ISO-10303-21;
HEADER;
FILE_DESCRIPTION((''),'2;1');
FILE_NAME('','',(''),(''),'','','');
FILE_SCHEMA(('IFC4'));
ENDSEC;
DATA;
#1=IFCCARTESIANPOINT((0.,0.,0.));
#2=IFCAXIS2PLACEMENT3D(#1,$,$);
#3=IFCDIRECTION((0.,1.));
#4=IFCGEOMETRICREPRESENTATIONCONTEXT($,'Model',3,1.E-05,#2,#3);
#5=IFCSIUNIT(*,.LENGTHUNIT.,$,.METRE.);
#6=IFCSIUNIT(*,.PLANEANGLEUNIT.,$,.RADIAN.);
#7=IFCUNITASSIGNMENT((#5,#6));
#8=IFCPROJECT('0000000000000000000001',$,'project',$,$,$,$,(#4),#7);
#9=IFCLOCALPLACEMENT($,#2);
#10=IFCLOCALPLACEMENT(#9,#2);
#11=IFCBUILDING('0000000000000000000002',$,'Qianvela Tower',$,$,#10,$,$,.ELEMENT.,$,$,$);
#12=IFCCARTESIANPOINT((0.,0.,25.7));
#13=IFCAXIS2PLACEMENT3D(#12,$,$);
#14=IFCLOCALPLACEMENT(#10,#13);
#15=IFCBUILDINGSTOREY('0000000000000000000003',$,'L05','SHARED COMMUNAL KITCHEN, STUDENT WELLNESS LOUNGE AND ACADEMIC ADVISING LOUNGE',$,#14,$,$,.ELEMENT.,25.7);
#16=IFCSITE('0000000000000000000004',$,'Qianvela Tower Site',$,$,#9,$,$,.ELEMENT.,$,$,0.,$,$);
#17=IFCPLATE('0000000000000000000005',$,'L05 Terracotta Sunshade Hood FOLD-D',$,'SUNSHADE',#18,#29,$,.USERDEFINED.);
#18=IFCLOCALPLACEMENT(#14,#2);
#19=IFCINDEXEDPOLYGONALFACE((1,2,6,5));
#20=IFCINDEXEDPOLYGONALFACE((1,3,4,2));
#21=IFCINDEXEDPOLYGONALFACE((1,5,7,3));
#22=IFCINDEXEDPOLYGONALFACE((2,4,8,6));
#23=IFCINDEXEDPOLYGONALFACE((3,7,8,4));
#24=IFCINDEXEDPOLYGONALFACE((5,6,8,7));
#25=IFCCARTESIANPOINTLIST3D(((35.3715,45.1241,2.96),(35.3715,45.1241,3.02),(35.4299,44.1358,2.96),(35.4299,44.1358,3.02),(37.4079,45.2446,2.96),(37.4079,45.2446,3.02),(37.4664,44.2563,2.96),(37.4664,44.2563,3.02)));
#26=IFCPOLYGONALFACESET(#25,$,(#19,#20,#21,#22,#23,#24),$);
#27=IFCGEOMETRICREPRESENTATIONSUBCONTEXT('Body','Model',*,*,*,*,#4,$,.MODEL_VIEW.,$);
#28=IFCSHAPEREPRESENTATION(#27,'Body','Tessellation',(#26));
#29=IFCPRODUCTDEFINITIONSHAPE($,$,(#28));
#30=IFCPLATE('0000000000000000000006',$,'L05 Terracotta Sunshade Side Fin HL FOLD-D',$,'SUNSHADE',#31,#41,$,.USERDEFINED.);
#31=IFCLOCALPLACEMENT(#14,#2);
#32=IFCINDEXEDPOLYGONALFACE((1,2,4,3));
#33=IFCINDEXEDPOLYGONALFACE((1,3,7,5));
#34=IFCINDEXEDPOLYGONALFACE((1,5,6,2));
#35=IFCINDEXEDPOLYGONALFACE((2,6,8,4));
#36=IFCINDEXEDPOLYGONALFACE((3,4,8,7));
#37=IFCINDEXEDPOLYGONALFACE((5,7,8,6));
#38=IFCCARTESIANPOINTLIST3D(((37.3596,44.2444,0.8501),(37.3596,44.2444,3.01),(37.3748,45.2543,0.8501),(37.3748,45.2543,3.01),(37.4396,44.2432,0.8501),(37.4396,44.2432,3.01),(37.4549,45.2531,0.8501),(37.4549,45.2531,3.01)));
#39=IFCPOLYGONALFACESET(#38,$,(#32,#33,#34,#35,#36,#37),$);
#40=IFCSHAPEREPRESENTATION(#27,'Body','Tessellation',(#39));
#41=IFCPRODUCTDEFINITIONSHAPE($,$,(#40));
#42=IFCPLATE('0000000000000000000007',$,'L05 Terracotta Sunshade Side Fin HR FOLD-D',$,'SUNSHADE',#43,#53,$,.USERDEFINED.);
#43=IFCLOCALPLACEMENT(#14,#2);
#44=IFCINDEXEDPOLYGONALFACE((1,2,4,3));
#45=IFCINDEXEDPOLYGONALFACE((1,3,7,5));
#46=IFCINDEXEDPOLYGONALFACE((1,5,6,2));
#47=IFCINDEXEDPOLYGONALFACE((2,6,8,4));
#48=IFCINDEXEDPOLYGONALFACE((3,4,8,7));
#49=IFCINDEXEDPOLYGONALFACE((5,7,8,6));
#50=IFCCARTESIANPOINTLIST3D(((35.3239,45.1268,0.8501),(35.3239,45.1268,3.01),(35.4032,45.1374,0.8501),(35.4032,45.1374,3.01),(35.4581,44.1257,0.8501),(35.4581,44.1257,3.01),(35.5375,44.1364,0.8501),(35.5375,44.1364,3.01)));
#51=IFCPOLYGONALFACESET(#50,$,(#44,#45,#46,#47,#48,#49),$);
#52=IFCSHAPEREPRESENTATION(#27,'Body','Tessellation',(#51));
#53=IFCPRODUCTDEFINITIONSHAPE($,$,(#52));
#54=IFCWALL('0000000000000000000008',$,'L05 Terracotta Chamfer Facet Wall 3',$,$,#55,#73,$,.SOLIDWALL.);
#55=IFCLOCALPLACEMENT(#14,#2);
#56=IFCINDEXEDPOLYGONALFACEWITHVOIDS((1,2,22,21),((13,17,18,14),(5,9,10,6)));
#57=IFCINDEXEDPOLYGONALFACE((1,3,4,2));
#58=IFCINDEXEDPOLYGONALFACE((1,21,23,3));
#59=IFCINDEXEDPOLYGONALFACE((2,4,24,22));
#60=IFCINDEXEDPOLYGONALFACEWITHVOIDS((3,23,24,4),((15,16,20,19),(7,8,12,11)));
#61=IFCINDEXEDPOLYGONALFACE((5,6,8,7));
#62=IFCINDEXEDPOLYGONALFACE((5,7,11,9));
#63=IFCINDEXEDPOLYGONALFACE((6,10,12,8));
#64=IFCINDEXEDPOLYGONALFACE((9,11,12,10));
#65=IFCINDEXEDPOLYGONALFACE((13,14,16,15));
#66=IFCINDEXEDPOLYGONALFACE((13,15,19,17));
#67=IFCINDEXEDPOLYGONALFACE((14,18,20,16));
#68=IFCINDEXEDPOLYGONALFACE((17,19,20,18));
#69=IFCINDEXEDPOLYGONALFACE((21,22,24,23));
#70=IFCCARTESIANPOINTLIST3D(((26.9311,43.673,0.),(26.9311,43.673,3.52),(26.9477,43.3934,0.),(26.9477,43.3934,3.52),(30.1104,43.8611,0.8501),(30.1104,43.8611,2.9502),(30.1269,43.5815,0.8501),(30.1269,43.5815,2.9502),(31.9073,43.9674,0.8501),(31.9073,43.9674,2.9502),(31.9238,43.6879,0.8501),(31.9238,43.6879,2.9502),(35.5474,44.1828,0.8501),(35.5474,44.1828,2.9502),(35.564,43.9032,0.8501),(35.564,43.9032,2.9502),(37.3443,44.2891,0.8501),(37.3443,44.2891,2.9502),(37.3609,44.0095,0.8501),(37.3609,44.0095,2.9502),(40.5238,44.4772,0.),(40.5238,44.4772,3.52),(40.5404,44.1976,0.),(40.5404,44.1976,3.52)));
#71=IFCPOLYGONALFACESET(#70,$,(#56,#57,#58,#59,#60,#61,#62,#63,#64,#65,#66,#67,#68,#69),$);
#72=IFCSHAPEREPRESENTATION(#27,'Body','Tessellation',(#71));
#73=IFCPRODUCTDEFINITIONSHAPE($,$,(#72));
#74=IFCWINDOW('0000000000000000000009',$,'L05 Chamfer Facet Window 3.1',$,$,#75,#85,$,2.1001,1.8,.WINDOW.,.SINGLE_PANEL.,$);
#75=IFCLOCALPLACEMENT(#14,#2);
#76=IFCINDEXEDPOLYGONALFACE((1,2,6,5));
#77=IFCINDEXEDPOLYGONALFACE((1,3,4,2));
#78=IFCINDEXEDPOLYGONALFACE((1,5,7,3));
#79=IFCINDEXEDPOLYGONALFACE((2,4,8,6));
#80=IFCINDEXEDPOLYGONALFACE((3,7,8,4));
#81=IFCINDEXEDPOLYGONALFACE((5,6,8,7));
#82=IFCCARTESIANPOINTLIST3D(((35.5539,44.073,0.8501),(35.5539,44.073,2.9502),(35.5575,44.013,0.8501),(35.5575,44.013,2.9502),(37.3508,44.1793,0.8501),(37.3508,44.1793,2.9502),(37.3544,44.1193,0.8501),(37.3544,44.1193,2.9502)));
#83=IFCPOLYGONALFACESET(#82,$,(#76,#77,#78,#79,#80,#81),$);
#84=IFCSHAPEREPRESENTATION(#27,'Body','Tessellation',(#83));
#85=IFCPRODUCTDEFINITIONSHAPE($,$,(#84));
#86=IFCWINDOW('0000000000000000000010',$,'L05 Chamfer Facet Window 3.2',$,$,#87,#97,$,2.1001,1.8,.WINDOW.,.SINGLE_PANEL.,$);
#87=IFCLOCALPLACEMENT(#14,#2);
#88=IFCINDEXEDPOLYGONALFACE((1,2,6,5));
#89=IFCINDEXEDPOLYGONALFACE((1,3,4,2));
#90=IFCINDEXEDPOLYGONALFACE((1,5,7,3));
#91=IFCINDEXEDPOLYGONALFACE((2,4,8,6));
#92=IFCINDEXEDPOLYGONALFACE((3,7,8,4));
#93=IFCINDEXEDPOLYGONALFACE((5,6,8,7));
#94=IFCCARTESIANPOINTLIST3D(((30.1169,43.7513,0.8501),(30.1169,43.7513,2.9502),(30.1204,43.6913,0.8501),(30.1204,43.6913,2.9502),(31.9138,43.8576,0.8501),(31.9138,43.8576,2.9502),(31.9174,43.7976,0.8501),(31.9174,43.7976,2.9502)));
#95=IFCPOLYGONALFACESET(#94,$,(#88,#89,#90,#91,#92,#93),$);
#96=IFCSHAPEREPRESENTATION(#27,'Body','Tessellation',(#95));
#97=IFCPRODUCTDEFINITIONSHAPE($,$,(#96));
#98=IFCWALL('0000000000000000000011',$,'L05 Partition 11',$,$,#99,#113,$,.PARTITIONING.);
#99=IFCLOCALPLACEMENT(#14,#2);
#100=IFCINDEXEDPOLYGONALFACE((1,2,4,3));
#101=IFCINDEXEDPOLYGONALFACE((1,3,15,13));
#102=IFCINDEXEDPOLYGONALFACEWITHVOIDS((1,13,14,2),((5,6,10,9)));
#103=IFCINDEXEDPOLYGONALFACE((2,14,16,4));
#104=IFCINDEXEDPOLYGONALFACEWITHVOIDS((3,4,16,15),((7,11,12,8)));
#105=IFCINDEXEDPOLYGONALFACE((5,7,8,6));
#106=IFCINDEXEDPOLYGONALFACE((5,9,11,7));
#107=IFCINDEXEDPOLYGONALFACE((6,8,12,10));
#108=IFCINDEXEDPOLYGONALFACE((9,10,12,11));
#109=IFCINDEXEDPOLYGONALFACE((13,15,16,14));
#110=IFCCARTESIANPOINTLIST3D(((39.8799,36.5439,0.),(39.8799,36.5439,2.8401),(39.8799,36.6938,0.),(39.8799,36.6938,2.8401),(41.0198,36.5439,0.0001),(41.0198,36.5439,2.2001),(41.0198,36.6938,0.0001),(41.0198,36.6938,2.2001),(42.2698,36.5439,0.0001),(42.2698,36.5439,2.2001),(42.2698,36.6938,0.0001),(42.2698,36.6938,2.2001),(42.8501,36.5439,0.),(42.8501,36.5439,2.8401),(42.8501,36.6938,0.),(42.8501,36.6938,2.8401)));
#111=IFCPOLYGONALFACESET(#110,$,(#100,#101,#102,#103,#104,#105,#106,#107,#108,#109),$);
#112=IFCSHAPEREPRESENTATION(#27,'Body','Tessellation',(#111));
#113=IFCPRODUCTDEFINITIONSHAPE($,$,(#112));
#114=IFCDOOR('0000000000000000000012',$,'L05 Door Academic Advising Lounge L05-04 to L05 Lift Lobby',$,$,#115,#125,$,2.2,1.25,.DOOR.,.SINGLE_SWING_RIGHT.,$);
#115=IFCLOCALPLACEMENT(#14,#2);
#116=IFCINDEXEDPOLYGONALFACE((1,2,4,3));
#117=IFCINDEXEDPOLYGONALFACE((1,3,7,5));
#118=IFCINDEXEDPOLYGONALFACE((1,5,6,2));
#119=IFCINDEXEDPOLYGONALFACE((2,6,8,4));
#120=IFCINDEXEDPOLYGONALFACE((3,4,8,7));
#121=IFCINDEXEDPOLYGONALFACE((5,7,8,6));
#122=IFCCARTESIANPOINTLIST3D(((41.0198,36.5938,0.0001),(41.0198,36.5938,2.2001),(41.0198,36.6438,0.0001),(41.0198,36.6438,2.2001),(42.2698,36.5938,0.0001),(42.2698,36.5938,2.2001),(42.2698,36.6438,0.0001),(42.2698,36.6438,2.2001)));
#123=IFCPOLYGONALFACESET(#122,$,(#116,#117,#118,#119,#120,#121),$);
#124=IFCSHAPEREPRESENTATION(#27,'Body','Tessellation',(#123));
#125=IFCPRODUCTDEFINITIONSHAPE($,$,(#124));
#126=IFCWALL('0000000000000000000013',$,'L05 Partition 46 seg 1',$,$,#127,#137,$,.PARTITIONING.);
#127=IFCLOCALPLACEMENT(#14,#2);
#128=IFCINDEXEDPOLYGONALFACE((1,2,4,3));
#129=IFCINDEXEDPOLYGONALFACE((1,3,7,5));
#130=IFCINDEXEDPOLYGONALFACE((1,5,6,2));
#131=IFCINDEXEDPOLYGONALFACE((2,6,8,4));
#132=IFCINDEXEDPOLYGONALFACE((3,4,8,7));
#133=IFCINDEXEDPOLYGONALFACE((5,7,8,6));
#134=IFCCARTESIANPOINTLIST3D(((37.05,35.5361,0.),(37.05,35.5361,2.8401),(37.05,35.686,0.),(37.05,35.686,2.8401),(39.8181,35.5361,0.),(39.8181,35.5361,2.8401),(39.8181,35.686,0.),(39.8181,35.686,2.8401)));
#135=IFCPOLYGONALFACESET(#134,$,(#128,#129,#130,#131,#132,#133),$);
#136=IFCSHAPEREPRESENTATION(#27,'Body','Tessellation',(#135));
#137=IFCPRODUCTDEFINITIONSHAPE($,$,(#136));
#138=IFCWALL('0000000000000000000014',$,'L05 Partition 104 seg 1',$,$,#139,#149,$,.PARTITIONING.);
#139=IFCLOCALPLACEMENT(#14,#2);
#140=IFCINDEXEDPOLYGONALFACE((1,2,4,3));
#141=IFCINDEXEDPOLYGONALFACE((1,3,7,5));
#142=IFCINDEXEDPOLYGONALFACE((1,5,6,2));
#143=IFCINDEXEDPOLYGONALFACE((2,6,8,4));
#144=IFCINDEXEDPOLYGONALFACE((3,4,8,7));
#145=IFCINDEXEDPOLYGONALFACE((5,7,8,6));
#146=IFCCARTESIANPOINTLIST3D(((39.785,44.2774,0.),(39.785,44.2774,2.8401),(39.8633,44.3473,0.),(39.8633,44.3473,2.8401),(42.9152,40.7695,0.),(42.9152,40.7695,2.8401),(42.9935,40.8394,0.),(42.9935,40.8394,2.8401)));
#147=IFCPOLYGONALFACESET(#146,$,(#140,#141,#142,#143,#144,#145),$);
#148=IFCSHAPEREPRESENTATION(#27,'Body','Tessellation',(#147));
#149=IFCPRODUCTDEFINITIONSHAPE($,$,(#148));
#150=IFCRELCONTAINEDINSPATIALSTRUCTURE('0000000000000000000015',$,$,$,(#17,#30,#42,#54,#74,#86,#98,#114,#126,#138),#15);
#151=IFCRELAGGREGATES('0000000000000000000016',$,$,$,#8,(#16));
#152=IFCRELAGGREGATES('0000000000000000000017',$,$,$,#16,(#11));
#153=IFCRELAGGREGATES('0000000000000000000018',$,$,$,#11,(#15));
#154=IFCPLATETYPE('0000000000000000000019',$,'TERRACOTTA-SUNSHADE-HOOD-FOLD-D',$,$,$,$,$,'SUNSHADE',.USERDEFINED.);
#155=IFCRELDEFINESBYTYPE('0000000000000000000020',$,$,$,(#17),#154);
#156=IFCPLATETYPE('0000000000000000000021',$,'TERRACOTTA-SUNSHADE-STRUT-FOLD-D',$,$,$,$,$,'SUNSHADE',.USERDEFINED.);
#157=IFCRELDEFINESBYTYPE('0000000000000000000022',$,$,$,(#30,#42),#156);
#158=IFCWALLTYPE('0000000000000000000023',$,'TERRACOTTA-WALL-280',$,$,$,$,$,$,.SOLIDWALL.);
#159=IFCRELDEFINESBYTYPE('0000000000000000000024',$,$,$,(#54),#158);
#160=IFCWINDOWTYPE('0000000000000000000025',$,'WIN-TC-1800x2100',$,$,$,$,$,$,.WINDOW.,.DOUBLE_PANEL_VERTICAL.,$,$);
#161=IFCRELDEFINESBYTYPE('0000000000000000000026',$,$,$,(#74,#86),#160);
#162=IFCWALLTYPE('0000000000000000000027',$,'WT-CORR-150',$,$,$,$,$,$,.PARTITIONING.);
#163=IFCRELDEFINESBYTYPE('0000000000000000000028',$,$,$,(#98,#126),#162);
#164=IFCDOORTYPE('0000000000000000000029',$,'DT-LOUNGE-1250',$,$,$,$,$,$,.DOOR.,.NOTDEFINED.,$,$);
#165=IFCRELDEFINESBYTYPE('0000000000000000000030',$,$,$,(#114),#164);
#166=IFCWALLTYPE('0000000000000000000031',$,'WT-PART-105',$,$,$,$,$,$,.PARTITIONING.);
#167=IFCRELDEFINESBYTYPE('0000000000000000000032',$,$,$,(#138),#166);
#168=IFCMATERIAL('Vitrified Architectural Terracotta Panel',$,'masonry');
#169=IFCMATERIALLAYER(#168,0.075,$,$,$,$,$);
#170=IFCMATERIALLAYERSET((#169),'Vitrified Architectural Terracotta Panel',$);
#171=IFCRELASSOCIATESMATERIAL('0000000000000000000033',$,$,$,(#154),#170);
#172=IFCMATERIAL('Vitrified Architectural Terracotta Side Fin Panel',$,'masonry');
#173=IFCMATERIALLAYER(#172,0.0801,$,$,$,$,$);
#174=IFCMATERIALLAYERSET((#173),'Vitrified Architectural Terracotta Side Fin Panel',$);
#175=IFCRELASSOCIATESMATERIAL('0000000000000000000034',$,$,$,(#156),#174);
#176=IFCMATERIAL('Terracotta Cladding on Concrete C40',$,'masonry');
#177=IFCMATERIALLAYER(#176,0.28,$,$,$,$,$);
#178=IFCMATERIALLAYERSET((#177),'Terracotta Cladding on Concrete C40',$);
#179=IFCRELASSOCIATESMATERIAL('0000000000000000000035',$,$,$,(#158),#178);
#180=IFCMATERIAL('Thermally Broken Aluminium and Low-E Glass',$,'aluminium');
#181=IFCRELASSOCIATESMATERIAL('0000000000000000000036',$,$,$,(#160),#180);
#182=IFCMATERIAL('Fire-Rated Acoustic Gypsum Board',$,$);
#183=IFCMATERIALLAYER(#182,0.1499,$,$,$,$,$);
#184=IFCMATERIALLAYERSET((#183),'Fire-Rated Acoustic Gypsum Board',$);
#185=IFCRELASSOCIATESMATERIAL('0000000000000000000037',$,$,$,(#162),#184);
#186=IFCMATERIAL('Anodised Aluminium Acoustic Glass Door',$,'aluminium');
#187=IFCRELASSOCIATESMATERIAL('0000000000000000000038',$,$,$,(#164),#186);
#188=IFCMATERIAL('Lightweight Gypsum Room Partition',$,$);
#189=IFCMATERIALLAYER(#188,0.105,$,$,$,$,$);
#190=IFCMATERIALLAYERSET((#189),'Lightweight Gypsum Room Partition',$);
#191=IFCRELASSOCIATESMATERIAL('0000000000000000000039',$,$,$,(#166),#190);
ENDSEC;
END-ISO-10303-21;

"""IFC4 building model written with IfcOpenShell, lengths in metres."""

from ifc_helpers import new_model, si_unit, direction, frame, frame_2d, origin, origin_2d, place, context, subcontext, project, spatial, rectangle, extrude, material, layer, layer_set, type_object, element, fill, save


model = new_model("IFC4")

# Units and contexts
model_context = context("Model", 3, precision=1e-05, world=origin(), true_north=direction((0.0, 1.0)))
body_context = subcontext(model_context, "Body", "Model", "MODEL_VIEW")
ifc_project = project(units=[si_unit("LENGTHUNIT", "METRE"), si_unit("PLANEANGLEUNIT", "RADIAN")], contexts=[model_context])

# Site, building, storey
site_placement = place(None, origin())
site = spatial("IfcSite", under=ifc_project, at=site_placement, Name="Qianvela Tower Site", CompositionType="ELEMENT", RefElevation=0.0)
building_placement = place(site_placement, origin())
building = spatial("IfcBuilding", under=site, at=building_placement, Name="Qianvela Tower", CompositionType="ELEMENT")
storey_placement = place(building_placement, frame((0.0, 0.0, 25.7)))
storey = spatial("IfcBuildingStorey", under=building, at=storey_placement, Name="L05", Description="SHARED COMMUNAL KITCHEN, STUDENT WELLNESS LOUNGE AND ACADEMIC ADVISING LOUNGE", CompositionType="ELEMENT", Elevation=25.7)

# Plates
ifc_material_1 = material(Name="Vitrified Architectural Terracotta Panel", Category="masonry")
ifc_layer_1 = layer(ifc_material_1, 0.075)
ifc_layer_set_1 = layer_set([ifc_layer_1], Name="Vitrified Architectural Terracotta Panel")
plate_type_1 = type_object("IfcPlateType", Name="TERRACOTTA-SUNSHADE-HOOD-FOLD-D", ElementType="SUNSHADE", PredefinedType="USERDEFINED", material=ifc_layer_set_1)
plate_1_placement = place(storey_placement, frame((36.4189, 44.6902, 2.96), z_axis=(0.0, 0.0, 1.0), x_axis=(-0.998254, -0.059061, 0.0)))
element("IfcPlate", 1, at=plate_1_placement, inside=storey, type_object=plate_type_1, Name="L05 Terracotta Sunshade Hood FOLD-D", ObjectType="SUNSHADE", PredefinedType="USERDEFINED", context=body_context, shape_type="SweptSolid", body=[
    extrude(rectangle(XDim=2.04, YDim=0.99, at=origin_2d()), origin(), (0.0, 0.0, 1.0), 0.0601),
])
ifc_material_2 = material(Name="Vitrified Architectural Terracotta Side Fin Panel", Category="masonry")
ifc_layer_2 = layer(ifc_material_2, 0.0801)
ifc_layer_set_2 = layer_set([ifc_layer_2], Name="Vitrified Architectural Terracotta Side Fin Panel")
plate_type_2 = type_object("IfcPlateType", Name="TERRACOTTA-SUNSHADE-STRUT-FOLD-D", ElementType="SUNSHADE", PredefinedType="USERDEFINED", material=ifc_layer_set_2)
for number, where, z_axis, x_axis, name in (
    (2, (37.4072, 44.7488, 0.8501), (0.0, 0.0, 1.0), (-0.999886, 0.015081, 0.0), "L05 Terracotta Sunshade Side Fin HL FOLD-D"),
    (3, (35.4307, 44.6316, 0.8501), (0.0, 0.0, 1.0), (-0.991132, -0.132877, 0.0), "L05 Terracotta Sunshade Side Fin HR FOLD-D"),
):
    element("IfcPlate", number, at=place(storey_placement, frame(where, z_axis=z_axis, x_axis=x_axis)), inside=storey, type_object=plate_type_2, Name=name, ObjectType="SUNSHADE", PredefinedType="USERDEFINED", context=body_context, shape_type="SweptSolid", body=[
        extrude(rectangle(XDim=0.0801, YDim=1.01, at=origin_2d()), origin(), (0.0, 0.0, 1.0), 2.1599),
    ])

# Wall, openings, windows
ifc_material_3 = material(Name="Terracotta Cladding on Concrete C40", Category="masonry")
ifc_layer_3 = layer(ifc_material_3, 0.28)
ifc_layer_set_3 = layer_set([ifc_layer_3], Name="Terracotta Cladding on Concrete C40")
wall_type_1 = type_object("IfcWallType", Name="TERRACOTTA-WALL-280", PredefinedType="SOLIDWALL", material=ifc_layer_set_3)
wall_1_placement = place(storey_placement, frame((40.532, 44.3374, 0.0), z_axis=(0.0, 0.0, 1.0), x_axis=(-0.998254, -0.05906, 0.0)))
wall_1 = element("IfcWall", 4, at=wall_1_placement, inside=storey, type_object=wall_type_1, Name="L05 Terracotta Chamfer Facet Wall 3", PredefinedType="SOLIDWALL", context=body_context, shape_type="SweptSolid", body=[
    extrude(rectangle(XDim=13.6165, YDim=0.28, at=frame_2d((6.8081, 0.0))), origin(), (0.0, 0.0, 1.0), 3.52),
])
opening_1_placement = place(wall_1_placement, frame((3.1851, 0.0, 0.8501)))
opening_1 = element("IfcOpeningElement", 5, at=opening_1_placement, cuts=wall_1, PredefinedType="OPENING", context=body_context, shape_type="SweptSolid", body=[
    extrude(rectangle(XDim=1.8, YDim=2.1001, at=frame_2d((0.8999, 1.05))), frame((0.0, 0.1499, 0.0), z_axis=(0.0, -1.0, 0.0), x_axis=(1.0, 0.0, 0.0)), (0.0, 0.0, 1.0), 0.3),
])
opening_2_placement = place(wall_1_placement, frame((8.6316, 0.0, 0.8501)))
opening_2 = element("IfcOpeningElement", 6, at=opening_2_placement, cuts=wall_1, PredefinedType="OPENING", context=body_context, shape_type="SweptSolid", body=[
    extrude(rectangle(XDim=1.8, YDim=2.1001, at=frame_2d((0.8999, 1.05))), frame((0.0, 0.1499, 0.0), z_axis=(0.0, -1.0, 0.0), x_axis=(1.0, 0.0, 0.0)), (0.0, 0.0, 1.0), 0.3),
])
ifc_material_4 = material(Name="Thermally Broken Aluminium and Low-E Glass", Category="aluminium")
window_type = type_object("IfcWindowType", Name="WIN-TC-1800x2100", PartitioningType="DOUBLE_PANEL_VERTICAL", PredefinedType="WINDOW", material=ifc_material_4)
window_1_placement = place(opening_1_placement, origin())
window_1 = element("IfcWindow", 7, at=window_1_placement, inside=storey, type_object=window_type, Name="L05 Chamfer Facet Window 3.1", OverallHeight=2.1001, OverallWidth=1.8, PartitioningType="SINGLE_PANEL", PredefinedType="WINDOW", context=body_context, shape_type="SweptSolid", body=[
    extrude(rectangle(XDim=1.8, YDim=2.1001, at=frame_2d((0.8999, 1.05))), frame((0.0, 0.03, 0.0), z_axis=(0.0, -1.0, 0.0), x_axis=(1.0, 0.0, 0.0)), (0.0, 0.0, 1.0), 0.0601),
])
fill(opening_1, window_1)
window_2_placement = place(opening_2_placement, origin())
window_2 = element("IfcWindow", 8, at=window_2_placement, inside=storey, type_object=window_type, Name="L05 Chamfer Facet Window 3.2", OverallHeight=2.1001, OverallWidth=1.8, PartitioningType="SINGLE_PANEL", PredefinedType="WINDOW", context=body_context, shape_type="SweptSolid", body=[
    extrude(rectangle(XDim=1.8, YDim=2.1001, at=frame_2d((0.8999, 1.05))), frame((0.0, 0.03, 0.0), z_axis=(0.0, -1.0, 0.0), x_axis=(1.0, 0.0, 0.0)), (0.0, 0.0, 1.0), 0.0601),
])
fill(opening_2, window_2)

# Wall, opening, door
ifc_material_5 = material(Name="Fire-Rated Acoustic Gypsum Board")
ifc_layer_4 = layer(ifc_material_5, 0.1499)
ifc_layer_set_4 = layer_set([ifc_layer_4], Name="Fire-Rated Acoustic Gypsum Board")
wall_type_2 = type_object("IfcWallType", Name="WT-CORR-150", PredefinedType="PARTITIONING", material=ifc_layer_set_4)
wall_2_placement = place(storey_placement, frame((39.8799, 36.6189, 0.0), z_axis=(0.0, 0.0, 1.0), x_axis=(1.0, 0.0, 0.0)))
wall_2 = element("IfcWall", 9, at=wall_2_placement, inside=storey, type_object=wall_type_2, Name="L05 Partition 11", PredefinedType="PARTITIONING", context=body_context, shape_type="SweptSolid", body=[
    extrude(rectangle(XDim=2.9702, YDim=0.1499, at=frame_2d((1.4851, 0.0))), origin(), (0.0, 0.0, 1.0), 2.8401),
])
opening_3_placement = place(wall_2_placement, frame((1.1399, 0.0, 0.0)))
opening_3 = element("IfcOpeningElement", 10, at=opening_3_placement, cuts=wall_2, PredefinedType="OPENING", context=body_context, shape_type="SweptSolid", body=[
    extrude(rectangle(XDim=1.25, YDim=2.2, at=frame_2d((0.625, 1.1001))), frame((0.0, 0.085, 0.0), z_axis=(0.0, -1.0, 0.0), x_axis=(1.0, 0.0, 0.0)), (0.0, 0.0, 1.0), 0.1699),
])
ifc_material_6 = material(Name="Anodised Aluminium Acoustic Glass Door", Category="aluminium")
door_type_1 = type_object("IfcDoorType", Name="DT-LOUNGE-1250", OperationType="NOTDEFINED", PredefinedType="DOOR", material=ifc_material_6)
door_1_placement = place(opening_3_placement, origin())
door_1 = element("IfcDoor", 11, at=door_1_placement, inside=storey, type_object=door_type_1, Name="L05 Door Academic Advising Lounge L05-04 to L05 Lift Lobby", OperationType="SINGLE_SWING_RIGHT", OverallHeight=2.2, OverallWidth=1.25, PredefinedType="DOOR", context=body_context, shape_type="SweptSolid", body=[
    extrude(rectangle(XDim=1.25, YDim=2.2, at=frame_2d((0.625, 1.1001))), frame((0.0, 0.0249, 0.0), z_axis=(0.0, -1.0, 0.0), x_axis=(1.0, 0.0, 0.0)), (0.0, 0.0, 1.0), 0.05),
])
fill(opening_3, door_1)

# Walls
wall_3_placement = place(storey_placement, frame((39.8181, 35.6111, 0.0), z_axis=(0.0, 0.0, 1.0), x_axis=(-1.0, 0.0, 0.0)))
element("IfcWall", 12, at=wall_3_placement, inside=storey, type_object=wall_type_2, Name="L05 Partition 46 seg 1", PredefinedType="PARTITIONING", context=body_context, shape_type="SweptSolid", body=[
    extrude(rectangle(XDim=2.7681, YDim=0.1499, at=frame_2d((1.384, 0.0))), origin(), (0.0, 0.0, 1.0), 2.8401),
])
ifc_material_7 = material(Name="Lightweight Gypsum Room Partition")
ifc_layer_5 = layer(ifc_material_7, 0.105)
ifc_layer_set_5 = layer_set([ifc_layer_5], Name="Lightweight Gypsum Room Partition")
wall_type_3 = type_object("IfcWallType", Name="WT-PART-105", PredefinedType="PARTITIONING", material=ifc_layer_set_5)
wall_4_placement = place(storey_placement, frame((39.8242, 44.3123, 0.0), z_axis=(0.0, 0.0, 1.0), x_axis=(0.665797, -0.746133, 0.0)))
element("IfcWall", 13, at=wall_4_placement, inside=storey, type_object=wall_type_3, Name="L05 Partition 104 seg 1", PredefinedType="PARTITIONING", context=body_context, shape_type="SweptSolid", body=[
    extrude(rectangle(XDim=4.7014, YDim=0.105, at=frame_2d((2.3506, 0.0))), origin(), (0.0, 0.0, 1.0), 2.8401),
])

save(model, "model.ifc")
